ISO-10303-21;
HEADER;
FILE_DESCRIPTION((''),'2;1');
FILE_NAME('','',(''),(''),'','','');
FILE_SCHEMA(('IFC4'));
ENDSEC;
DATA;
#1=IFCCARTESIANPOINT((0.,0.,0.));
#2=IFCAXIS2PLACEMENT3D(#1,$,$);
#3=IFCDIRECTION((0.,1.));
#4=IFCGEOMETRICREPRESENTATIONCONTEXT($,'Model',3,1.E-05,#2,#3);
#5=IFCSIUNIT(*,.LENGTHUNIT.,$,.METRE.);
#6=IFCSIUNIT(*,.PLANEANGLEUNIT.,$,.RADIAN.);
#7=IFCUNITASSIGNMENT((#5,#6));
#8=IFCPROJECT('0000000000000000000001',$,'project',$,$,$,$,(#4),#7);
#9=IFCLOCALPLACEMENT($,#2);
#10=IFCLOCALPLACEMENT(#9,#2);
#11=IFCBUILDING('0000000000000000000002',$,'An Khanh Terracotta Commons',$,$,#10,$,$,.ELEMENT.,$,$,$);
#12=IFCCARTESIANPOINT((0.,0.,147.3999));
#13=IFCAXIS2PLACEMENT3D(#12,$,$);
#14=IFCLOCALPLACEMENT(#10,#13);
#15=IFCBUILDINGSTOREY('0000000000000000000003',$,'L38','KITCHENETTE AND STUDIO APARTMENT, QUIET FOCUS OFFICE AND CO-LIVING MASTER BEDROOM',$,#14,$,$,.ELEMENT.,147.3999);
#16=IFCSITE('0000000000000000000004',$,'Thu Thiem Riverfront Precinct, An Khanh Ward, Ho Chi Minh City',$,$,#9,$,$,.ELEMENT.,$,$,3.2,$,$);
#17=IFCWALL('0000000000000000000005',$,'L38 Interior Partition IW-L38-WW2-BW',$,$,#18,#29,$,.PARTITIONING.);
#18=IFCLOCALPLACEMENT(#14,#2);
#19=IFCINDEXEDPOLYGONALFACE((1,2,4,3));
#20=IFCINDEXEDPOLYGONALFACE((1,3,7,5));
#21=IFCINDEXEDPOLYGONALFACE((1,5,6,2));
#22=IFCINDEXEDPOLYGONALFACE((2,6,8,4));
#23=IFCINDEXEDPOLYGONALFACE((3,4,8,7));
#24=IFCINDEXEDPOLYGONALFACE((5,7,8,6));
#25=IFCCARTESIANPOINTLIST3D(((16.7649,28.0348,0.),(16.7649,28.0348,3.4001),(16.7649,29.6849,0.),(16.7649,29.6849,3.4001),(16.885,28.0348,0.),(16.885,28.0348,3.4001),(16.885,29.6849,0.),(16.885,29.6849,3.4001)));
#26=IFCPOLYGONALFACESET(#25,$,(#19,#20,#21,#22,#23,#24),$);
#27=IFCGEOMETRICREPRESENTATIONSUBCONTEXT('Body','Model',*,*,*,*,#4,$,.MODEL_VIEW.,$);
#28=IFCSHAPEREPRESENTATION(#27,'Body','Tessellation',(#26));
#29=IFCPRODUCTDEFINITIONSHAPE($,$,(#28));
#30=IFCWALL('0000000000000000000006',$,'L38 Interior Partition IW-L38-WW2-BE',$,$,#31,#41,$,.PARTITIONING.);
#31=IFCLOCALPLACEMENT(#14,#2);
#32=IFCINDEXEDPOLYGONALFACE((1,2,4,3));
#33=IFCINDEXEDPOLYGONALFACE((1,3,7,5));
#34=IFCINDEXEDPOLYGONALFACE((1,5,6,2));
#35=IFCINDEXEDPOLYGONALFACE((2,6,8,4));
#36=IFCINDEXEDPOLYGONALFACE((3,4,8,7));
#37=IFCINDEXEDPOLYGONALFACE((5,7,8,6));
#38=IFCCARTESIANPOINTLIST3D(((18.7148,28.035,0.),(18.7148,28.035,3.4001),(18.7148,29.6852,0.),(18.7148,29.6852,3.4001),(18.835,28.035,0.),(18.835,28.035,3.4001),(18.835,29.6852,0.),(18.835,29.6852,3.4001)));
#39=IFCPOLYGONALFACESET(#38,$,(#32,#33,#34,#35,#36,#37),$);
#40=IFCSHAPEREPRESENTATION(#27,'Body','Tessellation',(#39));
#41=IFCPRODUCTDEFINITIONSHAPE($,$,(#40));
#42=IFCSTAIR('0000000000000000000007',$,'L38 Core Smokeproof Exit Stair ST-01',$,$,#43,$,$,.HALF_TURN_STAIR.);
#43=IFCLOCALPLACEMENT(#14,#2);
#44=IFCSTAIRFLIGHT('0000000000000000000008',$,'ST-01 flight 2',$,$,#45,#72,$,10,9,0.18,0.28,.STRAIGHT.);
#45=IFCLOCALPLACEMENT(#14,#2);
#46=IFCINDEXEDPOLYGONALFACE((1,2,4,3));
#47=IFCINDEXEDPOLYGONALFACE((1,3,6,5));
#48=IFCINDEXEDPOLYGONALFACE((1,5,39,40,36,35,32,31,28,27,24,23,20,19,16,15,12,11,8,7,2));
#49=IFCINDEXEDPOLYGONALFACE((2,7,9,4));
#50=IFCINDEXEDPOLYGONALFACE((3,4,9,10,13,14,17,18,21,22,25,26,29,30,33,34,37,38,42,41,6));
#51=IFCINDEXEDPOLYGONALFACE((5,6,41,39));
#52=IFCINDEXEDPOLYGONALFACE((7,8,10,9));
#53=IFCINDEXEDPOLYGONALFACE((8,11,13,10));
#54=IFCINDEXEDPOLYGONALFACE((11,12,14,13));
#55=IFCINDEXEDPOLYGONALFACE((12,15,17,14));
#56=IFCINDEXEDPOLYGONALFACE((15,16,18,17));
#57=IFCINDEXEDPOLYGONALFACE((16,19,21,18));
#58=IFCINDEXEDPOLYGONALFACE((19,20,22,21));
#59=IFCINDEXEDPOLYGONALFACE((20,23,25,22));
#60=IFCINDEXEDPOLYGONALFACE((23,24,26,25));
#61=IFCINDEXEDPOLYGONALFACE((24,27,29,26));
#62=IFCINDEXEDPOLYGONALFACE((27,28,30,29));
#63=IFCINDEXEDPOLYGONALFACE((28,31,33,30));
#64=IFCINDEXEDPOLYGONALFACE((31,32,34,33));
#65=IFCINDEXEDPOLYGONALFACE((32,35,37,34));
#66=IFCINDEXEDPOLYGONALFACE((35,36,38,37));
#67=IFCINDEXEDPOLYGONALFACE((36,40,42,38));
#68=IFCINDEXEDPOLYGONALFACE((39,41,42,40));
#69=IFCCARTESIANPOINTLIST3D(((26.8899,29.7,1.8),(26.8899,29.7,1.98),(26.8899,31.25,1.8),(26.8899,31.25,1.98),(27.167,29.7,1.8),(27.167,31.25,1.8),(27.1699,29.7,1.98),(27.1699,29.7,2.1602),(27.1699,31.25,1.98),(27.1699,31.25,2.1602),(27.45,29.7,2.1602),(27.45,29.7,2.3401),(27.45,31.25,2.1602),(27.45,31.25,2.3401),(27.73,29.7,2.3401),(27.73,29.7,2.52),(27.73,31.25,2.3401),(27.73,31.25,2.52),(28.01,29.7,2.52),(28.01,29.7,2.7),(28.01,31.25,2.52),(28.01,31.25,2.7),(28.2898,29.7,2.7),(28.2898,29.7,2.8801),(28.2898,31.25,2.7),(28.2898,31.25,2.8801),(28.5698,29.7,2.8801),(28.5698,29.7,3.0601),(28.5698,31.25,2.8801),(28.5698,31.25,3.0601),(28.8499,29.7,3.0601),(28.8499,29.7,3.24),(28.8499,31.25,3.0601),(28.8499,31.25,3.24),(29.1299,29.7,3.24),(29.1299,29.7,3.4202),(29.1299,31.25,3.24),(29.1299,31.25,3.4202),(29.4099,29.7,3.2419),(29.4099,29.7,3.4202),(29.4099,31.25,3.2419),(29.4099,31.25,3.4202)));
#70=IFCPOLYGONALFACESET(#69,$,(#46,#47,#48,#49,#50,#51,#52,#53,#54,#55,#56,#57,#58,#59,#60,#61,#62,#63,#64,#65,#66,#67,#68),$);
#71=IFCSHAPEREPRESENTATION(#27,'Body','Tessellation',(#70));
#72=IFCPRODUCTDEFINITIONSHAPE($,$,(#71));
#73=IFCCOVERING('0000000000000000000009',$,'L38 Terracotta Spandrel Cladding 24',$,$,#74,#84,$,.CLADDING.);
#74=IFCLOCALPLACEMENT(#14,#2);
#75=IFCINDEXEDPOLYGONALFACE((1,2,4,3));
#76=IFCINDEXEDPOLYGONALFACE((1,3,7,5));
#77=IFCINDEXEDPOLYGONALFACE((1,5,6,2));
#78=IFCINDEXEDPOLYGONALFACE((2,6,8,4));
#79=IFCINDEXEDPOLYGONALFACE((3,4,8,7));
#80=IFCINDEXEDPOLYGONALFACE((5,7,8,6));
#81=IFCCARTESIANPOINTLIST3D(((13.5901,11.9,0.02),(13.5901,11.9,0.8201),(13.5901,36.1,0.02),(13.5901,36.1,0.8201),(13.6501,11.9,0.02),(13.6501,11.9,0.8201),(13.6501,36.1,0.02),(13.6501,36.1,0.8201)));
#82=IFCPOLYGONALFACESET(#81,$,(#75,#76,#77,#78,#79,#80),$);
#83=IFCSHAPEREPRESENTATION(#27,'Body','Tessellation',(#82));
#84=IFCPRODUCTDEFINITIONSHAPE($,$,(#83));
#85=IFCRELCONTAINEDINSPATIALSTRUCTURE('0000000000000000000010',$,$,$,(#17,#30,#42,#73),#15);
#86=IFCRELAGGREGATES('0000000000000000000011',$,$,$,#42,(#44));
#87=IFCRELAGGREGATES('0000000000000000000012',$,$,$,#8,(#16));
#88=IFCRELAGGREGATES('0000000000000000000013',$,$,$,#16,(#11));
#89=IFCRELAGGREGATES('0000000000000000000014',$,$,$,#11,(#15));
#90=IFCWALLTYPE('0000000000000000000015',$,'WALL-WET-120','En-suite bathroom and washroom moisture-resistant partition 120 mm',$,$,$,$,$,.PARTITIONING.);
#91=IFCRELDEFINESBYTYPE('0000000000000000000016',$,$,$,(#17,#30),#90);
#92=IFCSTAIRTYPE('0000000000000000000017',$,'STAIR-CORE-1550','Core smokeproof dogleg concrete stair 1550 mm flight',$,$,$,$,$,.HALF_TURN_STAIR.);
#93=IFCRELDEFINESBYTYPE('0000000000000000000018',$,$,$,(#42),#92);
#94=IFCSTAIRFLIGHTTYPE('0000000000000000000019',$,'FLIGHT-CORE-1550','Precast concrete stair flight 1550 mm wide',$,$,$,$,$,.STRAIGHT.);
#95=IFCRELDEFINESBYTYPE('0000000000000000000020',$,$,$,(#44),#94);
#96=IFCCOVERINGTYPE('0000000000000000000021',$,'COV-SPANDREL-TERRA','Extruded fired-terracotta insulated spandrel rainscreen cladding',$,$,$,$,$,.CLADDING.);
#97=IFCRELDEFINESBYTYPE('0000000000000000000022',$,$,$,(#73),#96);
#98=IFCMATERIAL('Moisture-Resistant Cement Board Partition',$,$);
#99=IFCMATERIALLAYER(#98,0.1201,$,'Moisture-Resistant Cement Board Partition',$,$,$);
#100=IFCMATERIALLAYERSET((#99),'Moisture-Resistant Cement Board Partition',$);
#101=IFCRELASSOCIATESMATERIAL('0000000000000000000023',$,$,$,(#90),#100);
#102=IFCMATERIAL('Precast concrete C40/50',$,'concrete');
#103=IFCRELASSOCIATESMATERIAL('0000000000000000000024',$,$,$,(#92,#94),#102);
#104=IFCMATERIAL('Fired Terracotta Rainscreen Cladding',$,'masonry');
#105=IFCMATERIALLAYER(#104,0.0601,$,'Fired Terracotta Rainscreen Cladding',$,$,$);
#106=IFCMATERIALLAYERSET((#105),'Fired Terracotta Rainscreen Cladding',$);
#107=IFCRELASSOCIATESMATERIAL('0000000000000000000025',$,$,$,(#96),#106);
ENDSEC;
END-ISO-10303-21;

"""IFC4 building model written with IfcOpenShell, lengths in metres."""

from ifc_helpers import new_model, si_unit, direction, frame, frame_2d, origin, origin_2d, place, context, subcontext, project, spatial, polyline, rectangle, outline, extrude, material, layer, layer_set, type_object, element, aggregate, save


model = new_model("IFC4")

# Units and contexts
model_context = context("Model", 3, precision=1e-05, world=origin(), true_north=direction((0.0, 1.0)))
body_context = subcontext(model_context, "Body", "Model", "MODEL_VIEW")
ifc_project = project(units=[si_unit("LENGTHUNIT", "METRE"), si_unit("PLANEANGLEUNIT", "RADIAN")], contexts=[model_context])

# Site, building, storey
site_placement = place(None, origin())
site = spatial("IfcSite", under=ifc_project, at=site_placement, Name="Thu Thiem Riverfront Precinct, An Khanh Ward, Ho Chi Minh City", CompositionType="ELEMENT", RefElevation=3.2)
building_placement = place(site_placement, origin())
building = spatial("IfcBuilding", under=site, at=building_placement, Name="An Khanh Terracotta Commons", CompositionType="ELEMENT")
storey_placement = place(building_placement, frame((0.0, 0.0, 147.3999)))
storey = spatial("IfcBuildingStorey", under=building, at=storey_placement, Name="L38", Description="KITCHENETTE AND STUDIO APARTMENT, QUIET FOCUS OFFICE AND CO-LIVING MASTER BEDROOM", CompositionType="ELEMENT", Elevation=147.3999)

# Shared definitions
ifc_material_1 = material(Name="Moisture-Resistant Cement Board Partition")
ifc_layer_1 = layer(ifc_material_1, 0.1201, Name="Moisture-Resistant Cement Board Partition")
ifc_layer_set_1 = layer_set([ifc_layer_1], Name="Moisture-Resistant Cement Board Partition")
wall_type_1 = type_object("IfcWallType", Name="WALL-WET-120", Description="En-suite bathroom and washroom moisture-resistant partition 120 mm", PredefinedType="PARTITIONING", material=ifc_layer_set_1)

# Walls
for number, where, z_axis, x_axis, name in (
    (1, (16.825, 29.6851, 0.0), (0.0, 0.0, 1.0), (0.0, -1.0, 0.0), "L38 Interior Partition IW-L38-WW2-BW"),
    (2, (18.7749, 28.0349, 0.0), (0.0, 0.0, 1.0), (0.0, 1.0, 0.0), "L38 Interior Partition IW-L38-WW2-BE"),
):
    element("IfcWall", number, at=place(storey_placement, frame(where, z_axis=z_axis, x_axis=x_axis)), inside=storey, type_object=wall_type_1, Name=name, PredefinedType="PARTITIONING", context=body_context, shape_type="SweptSolid", body=[
        extrude(rectangle(XDim=1.6501, YDim=0.1201, at=frame_2d((0.8252, 0.0))), origin(), (0.0, 0.0, 1.0), 3.4001),
    ])

# Stair, stair flight
ifc_material_2 = material(Name="Precast concrete C40/50", Category="concrete")
stair_type = type_object("IfcStairType", Name="STAIR-CORE-1550", Description="Core smokeproof dogleg concrete stair 1550 mm flight", PredefinedType="HALF_TURN_STAIR", material=ifc_material_2)
stair_placement = place(storey_placement, origin())
stair = element("IfcStair", 3, at=stair_placement, inside=storey, type_object=stair_type, Name="L38 Core Smokeproof Exit Stair ST-01", PredefinedType="HALF_TURN_STAIR")
stair_flight_type = type_object("IfcStairFlightType", Name="FLIGHT-CORE-1550", Description="Precast concrete stair flight 1550 mm wide", PredefinedType="STRAIGHT", material=ifc_material_2)
stair_flight_placement = place(storey_placement, frame((26.8899, 30.4751, 1.8), z_axis=(0.0, 0.0, 1.0), x_axis=(1.0, 0.0, 0.0)))
stair_flight = element("IfcStairFlight", 4, at=stair_flight_placement, type_object=stair_flight_type, Name="ST-01 flight 2", NumberOfRisers=10, NumberOfTreads=9, PredefinedType="STRAIGHT", RiserHeight=0.18, TreadLength=0.28, context=body_context, shape_type="SweptSolid", body=[
    extrude(outline(polyline([(0.0, 0.0), (0.0, 0.1799), (0.28, 0.1799), (0.28, 0.3601), (0.5601, 0.3601), (0.5601, 0.54), (0.8401, 0.54), (0.8401, 0.72), (1.1201, 0.72), (1.1201, 0.8999), (1.3999, 0.8999), (1.3999, 1.0801), (1.6799, 1.0801), (1.6799, 1.26), (1.96, 1.26), (1.96, 1.4399), (2.24, 1.4399), (2.24, 1.6201), (2.52, 1.6201), (2.52, 1.8), (2.52, 1.4419), (0.2771, 0.0), (0.0, 0.0)])), frame((0.0, 0.7749, 0.0), z_axis=(0.0, -1.0, 0.0), x_axis=(1.0, 0.0, 0.0)), (0.0, 0.0, 1.0), 1.55),
])
aggregate(stair, [stair_flight])

# Covering
ifc_material_3 = material(Name="Fired Terracotta Rainscreen Cladding", Category="masonry")
ifc_layer_2 = layer(ifc_material_3, 0.0601, Name="Fired Terracotta Rainscreen Cladding")
ifc_layer_set_2 = layer_set([ifc_layer_2], Name="Fired Terracotta Rainscreen Cladding")
covering_type = type_object("IfcCoveringType", Name="COV-SPANDREL-TERRA", Description="Extruded fired-terracotta insulated spandrel rainscreen cladding", PredefinedType="CLADDING", material=ifc_layer_set_2)
covering_placement = place(storey_placement, frame((13.6201, 24.0, 0.02), z_axis=(0.0, 0.0, 1.0), x_axis=(0.0, -1.0, 0.0)))
element("IfcCovering", 5, at=covering_placement, inside=storey, type_object=covering_type, Name="L38 Terracotta Spandrel Cladding 24", PredefinedType="CLADDING", context=body_context, shape_type="SweptSolid", body=[
    extrude(rectangle(XDim=24.2, YDim=0.0601, at=origin_2d()), origin(), (0.0, 0.0, 1.0), 0.8),
])

save(model, "model.ifc")
